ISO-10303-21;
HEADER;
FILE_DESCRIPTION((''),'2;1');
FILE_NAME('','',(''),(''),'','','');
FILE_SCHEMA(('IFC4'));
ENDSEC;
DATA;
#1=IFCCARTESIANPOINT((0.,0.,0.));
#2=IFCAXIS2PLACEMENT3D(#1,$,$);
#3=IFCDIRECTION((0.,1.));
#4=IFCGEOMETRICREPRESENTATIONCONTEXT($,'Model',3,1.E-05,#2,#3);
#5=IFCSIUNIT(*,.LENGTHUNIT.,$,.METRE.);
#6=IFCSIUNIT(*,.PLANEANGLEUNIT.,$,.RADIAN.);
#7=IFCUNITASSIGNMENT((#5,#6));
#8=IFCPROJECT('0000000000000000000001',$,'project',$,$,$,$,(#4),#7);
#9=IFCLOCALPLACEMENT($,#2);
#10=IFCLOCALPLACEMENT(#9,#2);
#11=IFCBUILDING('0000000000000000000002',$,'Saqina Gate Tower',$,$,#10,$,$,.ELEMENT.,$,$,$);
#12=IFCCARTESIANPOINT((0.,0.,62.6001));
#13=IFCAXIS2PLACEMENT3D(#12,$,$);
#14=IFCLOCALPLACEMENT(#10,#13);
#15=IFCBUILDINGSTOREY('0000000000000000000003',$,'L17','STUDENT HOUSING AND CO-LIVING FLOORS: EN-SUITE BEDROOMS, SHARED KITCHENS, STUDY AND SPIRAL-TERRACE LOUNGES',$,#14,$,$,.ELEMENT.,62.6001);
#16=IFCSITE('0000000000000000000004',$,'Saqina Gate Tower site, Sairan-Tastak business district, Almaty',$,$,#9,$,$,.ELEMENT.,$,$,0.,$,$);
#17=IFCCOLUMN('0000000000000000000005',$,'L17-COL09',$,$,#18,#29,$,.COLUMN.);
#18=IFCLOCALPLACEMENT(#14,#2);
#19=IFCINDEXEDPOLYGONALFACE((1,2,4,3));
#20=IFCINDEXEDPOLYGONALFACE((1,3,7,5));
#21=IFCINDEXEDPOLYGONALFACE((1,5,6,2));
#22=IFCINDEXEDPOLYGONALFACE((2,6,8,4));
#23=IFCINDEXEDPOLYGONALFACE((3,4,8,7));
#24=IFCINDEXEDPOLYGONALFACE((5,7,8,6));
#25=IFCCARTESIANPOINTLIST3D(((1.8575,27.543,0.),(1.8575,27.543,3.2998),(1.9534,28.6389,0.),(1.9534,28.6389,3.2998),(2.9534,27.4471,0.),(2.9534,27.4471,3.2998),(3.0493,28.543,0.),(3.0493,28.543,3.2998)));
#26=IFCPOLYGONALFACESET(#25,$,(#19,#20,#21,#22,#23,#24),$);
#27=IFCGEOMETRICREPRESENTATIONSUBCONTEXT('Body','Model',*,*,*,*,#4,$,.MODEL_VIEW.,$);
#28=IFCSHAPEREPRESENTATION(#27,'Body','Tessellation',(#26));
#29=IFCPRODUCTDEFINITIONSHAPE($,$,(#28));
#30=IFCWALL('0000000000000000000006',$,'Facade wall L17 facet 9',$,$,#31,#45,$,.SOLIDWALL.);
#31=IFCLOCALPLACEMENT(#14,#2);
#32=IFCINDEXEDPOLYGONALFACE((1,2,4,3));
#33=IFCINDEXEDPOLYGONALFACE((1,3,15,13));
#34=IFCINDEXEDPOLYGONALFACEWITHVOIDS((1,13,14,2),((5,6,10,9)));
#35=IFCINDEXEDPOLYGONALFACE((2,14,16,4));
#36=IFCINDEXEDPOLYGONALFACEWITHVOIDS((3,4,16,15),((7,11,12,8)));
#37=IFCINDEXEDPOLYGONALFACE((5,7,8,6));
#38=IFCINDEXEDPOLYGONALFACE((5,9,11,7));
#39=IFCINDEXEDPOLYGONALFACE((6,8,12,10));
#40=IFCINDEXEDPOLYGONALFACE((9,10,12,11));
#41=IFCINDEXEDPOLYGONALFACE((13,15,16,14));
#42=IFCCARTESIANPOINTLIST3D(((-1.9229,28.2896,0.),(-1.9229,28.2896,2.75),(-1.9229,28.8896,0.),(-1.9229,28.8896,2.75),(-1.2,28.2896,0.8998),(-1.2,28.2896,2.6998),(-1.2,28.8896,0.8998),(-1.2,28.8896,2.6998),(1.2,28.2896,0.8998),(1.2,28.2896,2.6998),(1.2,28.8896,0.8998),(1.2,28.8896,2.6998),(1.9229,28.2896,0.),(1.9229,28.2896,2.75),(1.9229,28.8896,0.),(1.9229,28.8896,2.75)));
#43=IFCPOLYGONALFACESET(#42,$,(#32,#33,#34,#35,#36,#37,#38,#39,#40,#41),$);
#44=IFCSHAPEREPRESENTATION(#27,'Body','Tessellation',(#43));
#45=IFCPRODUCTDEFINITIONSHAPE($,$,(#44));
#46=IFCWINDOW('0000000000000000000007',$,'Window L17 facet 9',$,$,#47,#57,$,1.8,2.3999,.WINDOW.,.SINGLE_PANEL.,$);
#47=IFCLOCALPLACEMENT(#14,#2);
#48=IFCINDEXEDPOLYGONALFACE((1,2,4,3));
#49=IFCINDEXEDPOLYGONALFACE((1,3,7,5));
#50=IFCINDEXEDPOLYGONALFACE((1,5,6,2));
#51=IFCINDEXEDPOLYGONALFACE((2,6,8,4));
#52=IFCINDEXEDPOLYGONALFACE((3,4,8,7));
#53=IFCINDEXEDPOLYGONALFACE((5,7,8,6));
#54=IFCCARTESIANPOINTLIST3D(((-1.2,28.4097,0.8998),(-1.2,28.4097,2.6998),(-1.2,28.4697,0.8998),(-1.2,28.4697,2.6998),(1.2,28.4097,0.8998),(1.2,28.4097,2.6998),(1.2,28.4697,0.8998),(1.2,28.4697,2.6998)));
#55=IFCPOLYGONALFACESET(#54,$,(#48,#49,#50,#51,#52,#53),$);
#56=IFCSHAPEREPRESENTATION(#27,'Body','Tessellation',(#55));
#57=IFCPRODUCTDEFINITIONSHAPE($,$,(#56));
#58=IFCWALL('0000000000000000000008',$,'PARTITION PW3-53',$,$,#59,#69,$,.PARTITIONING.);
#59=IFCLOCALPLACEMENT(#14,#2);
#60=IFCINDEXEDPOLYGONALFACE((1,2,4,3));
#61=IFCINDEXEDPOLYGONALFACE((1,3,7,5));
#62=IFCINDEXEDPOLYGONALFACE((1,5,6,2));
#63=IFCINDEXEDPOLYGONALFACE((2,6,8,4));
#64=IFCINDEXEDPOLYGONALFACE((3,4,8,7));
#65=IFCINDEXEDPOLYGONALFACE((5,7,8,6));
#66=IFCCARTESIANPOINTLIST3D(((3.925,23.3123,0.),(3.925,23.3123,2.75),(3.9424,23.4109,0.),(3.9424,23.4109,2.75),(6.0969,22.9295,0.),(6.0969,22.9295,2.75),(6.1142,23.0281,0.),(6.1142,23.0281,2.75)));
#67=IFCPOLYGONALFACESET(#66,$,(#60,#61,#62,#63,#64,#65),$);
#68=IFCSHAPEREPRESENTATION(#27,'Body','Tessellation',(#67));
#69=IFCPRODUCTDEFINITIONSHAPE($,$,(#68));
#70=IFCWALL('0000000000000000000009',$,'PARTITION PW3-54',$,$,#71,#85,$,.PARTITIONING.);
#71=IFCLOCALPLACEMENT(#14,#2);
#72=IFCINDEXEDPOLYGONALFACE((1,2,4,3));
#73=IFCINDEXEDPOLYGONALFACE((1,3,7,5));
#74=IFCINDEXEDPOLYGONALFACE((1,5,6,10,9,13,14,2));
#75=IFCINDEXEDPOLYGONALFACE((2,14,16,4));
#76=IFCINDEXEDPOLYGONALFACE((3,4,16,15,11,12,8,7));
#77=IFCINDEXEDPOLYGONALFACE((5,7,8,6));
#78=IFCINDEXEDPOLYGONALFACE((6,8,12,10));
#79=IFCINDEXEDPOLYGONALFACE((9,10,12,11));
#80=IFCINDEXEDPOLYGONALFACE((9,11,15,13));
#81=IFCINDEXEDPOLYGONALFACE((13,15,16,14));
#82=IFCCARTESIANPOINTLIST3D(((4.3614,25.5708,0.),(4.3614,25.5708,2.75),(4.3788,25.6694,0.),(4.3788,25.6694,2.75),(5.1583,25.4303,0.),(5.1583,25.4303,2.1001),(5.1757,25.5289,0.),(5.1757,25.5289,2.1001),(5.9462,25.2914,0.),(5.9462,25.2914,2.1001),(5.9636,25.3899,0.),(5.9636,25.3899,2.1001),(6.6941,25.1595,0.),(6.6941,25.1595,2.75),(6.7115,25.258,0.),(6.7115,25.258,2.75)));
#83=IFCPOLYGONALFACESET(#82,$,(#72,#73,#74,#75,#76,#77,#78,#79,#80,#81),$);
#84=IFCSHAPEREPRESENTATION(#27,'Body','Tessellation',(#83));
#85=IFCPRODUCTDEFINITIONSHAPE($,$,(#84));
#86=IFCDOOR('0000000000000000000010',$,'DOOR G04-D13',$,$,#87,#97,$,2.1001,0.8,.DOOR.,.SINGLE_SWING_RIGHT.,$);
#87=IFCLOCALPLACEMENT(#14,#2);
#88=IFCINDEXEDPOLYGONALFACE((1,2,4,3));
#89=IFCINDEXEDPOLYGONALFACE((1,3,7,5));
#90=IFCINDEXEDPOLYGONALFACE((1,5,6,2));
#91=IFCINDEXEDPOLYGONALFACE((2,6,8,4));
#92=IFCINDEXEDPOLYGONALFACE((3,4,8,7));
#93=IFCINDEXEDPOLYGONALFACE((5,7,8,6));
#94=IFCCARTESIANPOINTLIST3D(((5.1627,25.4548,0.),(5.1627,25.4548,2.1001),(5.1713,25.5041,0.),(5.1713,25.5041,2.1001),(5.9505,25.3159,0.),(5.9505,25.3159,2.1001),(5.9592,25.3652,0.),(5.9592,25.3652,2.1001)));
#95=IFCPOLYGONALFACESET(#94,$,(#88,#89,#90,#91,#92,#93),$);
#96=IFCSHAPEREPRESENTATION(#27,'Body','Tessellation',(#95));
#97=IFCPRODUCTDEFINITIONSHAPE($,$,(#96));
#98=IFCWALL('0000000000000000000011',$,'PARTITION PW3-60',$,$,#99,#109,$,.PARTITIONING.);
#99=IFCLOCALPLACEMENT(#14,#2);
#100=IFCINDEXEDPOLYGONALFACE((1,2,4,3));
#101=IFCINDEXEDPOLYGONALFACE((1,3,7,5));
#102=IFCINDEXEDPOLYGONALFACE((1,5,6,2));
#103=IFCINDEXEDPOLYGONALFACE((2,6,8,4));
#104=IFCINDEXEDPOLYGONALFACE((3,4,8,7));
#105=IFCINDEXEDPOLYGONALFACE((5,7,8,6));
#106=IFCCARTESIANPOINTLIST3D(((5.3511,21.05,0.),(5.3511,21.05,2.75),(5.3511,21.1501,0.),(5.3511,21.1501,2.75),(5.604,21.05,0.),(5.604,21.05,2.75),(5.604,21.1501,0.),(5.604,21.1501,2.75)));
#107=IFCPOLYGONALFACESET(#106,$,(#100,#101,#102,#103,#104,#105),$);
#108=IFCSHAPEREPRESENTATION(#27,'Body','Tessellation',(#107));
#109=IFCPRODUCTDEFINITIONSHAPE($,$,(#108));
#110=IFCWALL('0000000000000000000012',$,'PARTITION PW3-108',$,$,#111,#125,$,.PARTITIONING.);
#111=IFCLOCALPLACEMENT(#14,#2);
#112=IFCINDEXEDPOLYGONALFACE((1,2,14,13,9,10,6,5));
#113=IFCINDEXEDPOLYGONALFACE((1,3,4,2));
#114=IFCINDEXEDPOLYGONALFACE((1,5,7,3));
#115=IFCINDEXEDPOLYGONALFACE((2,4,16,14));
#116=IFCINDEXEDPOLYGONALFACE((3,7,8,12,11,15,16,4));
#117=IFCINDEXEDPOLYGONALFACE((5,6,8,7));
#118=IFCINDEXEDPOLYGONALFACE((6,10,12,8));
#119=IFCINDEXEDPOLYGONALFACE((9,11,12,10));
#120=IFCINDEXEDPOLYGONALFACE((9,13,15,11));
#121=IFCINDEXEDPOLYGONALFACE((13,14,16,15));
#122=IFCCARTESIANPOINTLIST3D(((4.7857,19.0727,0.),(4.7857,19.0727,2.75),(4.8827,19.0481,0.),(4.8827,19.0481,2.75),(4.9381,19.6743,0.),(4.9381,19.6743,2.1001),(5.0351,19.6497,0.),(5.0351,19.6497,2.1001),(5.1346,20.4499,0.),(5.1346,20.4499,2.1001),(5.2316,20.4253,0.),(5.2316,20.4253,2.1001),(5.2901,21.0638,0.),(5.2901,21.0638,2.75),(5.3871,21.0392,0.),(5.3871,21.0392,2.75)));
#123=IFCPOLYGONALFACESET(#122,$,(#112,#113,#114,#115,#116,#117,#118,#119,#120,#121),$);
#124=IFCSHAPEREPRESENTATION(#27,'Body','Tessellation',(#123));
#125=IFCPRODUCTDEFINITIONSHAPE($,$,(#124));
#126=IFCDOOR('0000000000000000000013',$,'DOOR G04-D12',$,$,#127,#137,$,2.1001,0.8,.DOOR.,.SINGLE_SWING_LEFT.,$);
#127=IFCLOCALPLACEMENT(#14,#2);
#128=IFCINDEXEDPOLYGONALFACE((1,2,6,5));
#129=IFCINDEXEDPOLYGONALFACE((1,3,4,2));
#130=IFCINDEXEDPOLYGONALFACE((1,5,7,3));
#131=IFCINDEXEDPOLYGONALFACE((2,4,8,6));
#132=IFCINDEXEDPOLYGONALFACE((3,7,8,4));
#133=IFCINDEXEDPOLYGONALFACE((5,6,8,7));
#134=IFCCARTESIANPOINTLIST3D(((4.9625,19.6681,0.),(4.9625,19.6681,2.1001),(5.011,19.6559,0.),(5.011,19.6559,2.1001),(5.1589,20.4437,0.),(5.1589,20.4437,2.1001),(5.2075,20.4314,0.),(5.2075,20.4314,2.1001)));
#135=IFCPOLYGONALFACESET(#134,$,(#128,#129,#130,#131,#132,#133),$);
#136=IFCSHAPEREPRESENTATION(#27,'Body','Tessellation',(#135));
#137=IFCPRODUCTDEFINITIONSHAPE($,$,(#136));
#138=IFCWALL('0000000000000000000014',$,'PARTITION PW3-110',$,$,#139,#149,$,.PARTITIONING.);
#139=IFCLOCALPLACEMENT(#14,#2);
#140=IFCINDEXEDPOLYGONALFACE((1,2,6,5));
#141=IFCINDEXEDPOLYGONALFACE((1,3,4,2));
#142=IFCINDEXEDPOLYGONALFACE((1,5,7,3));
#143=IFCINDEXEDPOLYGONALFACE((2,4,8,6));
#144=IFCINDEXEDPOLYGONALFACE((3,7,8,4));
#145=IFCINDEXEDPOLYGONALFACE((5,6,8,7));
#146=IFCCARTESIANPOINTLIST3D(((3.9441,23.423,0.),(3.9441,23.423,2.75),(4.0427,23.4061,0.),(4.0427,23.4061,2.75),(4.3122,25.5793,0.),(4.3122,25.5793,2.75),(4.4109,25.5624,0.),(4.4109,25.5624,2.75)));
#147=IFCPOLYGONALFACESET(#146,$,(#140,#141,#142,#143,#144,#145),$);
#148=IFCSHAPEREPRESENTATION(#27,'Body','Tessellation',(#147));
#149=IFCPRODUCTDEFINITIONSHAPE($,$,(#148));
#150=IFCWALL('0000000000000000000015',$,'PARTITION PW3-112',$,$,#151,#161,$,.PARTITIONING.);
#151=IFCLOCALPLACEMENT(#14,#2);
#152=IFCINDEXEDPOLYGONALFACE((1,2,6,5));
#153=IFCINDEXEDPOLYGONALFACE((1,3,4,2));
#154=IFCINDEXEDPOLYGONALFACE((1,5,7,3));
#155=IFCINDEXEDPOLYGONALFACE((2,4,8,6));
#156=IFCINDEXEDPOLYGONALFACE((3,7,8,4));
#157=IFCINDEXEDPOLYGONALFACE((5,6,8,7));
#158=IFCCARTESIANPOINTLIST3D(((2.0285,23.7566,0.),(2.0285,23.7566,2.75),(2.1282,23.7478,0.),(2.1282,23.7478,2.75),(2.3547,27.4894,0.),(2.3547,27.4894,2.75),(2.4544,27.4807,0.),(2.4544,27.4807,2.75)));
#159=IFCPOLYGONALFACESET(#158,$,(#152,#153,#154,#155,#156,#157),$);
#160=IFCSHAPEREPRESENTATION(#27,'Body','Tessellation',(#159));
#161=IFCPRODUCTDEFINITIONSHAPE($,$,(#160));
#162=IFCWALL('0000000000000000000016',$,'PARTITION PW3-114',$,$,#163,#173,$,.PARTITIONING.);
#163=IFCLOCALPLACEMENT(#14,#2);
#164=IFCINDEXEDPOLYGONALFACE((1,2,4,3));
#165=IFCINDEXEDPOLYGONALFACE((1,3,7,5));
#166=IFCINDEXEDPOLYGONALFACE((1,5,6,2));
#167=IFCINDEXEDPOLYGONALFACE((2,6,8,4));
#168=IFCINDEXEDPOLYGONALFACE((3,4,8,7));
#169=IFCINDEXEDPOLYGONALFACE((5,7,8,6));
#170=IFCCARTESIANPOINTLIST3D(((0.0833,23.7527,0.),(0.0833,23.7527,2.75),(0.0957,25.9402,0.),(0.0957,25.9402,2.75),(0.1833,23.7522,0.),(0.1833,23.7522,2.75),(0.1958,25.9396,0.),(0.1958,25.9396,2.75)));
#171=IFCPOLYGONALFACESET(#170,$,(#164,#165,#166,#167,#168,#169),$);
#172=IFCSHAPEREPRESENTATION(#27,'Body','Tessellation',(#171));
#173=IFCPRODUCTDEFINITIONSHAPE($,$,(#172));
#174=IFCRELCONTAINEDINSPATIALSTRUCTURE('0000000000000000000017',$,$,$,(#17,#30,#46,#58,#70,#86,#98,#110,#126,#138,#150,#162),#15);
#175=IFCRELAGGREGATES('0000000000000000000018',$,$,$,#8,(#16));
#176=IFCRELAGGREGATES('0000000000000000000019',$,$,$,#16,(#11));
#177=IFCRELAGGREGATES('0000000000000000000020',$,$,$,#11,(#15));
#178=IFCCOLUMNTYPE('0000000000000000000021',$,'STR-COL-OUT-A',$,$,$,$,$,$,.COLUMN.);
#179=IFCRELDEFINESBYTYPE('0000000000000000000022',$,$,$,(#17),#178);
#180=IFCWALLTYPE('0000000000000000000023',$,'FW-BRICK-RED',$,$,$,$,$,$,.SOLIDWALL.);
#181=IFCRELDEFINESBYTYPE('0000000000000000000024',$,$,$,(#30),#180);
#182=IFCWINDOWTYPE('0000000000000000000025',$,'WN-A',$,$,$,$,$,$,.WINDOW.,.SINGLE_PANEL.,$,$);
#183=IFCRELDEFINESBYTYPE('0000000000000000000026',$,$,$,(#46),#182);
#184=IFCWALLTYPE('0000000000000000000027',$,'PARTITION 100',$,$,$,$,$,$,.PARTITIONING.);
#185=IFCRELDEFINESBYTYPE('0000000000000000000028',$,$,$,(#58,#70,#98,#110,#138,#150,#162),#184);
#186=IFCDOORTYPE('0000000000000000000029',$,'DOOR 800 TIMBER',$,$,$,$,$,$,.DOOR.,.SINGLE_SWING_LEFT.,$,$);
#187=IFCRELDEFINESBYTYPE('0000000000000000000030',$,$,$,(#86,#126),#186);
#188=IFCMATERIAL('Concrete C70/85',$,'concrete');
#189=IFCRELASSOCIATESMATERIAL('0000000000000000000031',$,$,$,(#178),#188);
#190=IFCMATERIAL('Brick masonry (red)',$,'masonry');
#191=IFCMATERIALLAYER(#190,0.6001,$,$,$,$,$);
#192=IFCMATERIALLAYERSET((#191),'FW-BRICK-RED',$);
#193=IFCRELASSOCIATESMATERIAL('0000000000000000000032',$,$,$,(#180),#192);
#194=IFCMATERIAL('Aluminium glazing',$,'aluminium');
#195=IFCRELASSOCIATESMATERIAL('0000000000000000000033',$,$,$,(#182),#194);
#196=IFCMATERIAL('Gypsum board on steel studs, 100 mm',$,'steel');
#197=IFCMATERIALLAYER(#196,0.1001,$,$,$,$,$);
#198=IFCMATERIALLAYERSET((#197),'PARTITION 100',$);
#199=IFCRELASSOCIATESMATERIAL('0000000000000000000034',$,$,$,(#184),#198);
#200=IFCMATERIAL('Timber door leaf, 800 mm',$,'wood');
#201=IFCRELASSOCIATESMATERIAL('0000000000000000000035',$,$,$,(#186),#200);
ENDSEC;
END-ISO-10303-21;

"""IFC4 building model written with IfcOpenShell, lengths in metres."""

from ifc_helpers import new_model, si_unit, direction, frame, frame_2d, origin, origin_2d, place, context, subcontext, project, spatial, rectangle, extrude, material, layer, layer_set, material_profile, profile_set, type_object, element, fill, save


model = new_model("IFC4")

# Units and contexts
model_context = context("Model", 3, precision=1e-05, world=origin(), true_north=direction((0.0, 1.0)))
body_context = subcontext(model_context, "Body", "Model", "MODEL_VIEW")
ifc_project = project(units=[si_unit("LENGTHUNIT", "METRE"), si_unit("PLANEANGLEUNIT", "RADIAN")], contexts=[model_context])

# Site, building, storey
site_placement = place(None, origin())
site = spatial("IfcSite", under=ifc_project, at=site_placement, Name="Saqina Gate Tower site, Sairan-Tastak business district, Almaty", CompositionType="ELEMENT", RefElevation=0.0)
building_placement = place(site_placement, origin())
building = spatial("IfcBuilding", under=site, at=building_placement, Name="Saqina Gate Tower", CompositionType="ELEMENT")
storey_placement = place(building_placement, frame((0.0, 0.0, 62.6001)))
storey = spatial("IfcBuildingStorey", under=building, at=storey_placement, Name="L17", Description="STUDENT HOUSING AND CO-LIVING FLOORS: EN-SUITE BEDROOMS, SHARED KITCHENS, STUDY AND SPIRAL-TERRACE LOUNGES", CompositionType="ELEMENT", Elevation=62.6001)

# Column
ifc_material_1 = material(Name="Concrete C70/85", Category="concrete")
ifc_material_profile = material_profile(ifc_material_1, rectangle(XDim=1.1001, YDim=1.1001, at=origin_2d()), Name="RC 1100x1100")
ifc_profile_set = profile_set([ifc_material_profile], Name="Concrete C70/85")
column_type = type_object("IfcColumnType", Name="STR-COL-OUT-A", PredefinedType="COLUMN", material=ifc_profile_set)
column_placement = place(storey_placement, frame((2.4534, 28.043, 0.0), z_axis=(0.0, 0.0, 1.0), x_axis=(0.087156, 0.996195, 0.0)))
element("IfcColumn", 1, at=column_placement, inside=storey, type_object=column_type, Name="L17-COL09", PredefinedType="COLUMN", context=body_context, shape_type="SweptSolid", body=[
    extrude(rectangle(XDim=1.1001, YDim=1.1001, at=origin_2d()), origin(), (0.0, 0.0, 1.0), 3.2998),
])

# Wall, opening, window
ifc_material_2 = material(Name="Brick masonry (red)", Category="masonry")
ifc_layer_1 = layer(ifc_material_2, 0.6001)
ifc_layer_set_1 = layer_set([ifc_layer_1], Name="FW-BRICK-RED")
wall_type_1 = type_object("IfcWallType", Name="FW-BRICK-RED", PredefinedType="SOLIDWALL", material=ifc_layer_set_1)
wall_1_placement = place(storey_placement, frame((1.9229, 28.5896, 0.0), z_axis=(0.0, 0.0, 1.0), x_axis=(-1.0, 0.0, 0.0)))
wall_1 = element("IfcWall", 2, at=wall_1_placement, inside=storey, type_object=wall_type_1, Name="Facade wall L17 facet 9", PredefinedType="SOLIDWALL", context=body_context, shape_type="SweptSolid", body=[
    extrude(rectangle(XDim=3.8457, YDim=0.6001, at=frame_2d((1.9229, 0.0))), origin(), (0.0, 0.0, 1.0), 2.75),
])
opening_1_placement = place(wall_1_placement, frame((0.7229, 0.0, 0.8999)))
opening_1 = element("IfcOpeningElement", 3, at=opening_1_placement, cuts=wall_1, PredefinedType="OPENING", context=body_context, shape_type="SweptSolid", body=[
    extrude(rectangle(XDim=2.3999, YDim=1.8, at=frame_2d((1.2, 0.8999))), frame((0.0, 0.312, 0.0), z_axis=(0.0, -1.0, 0.0), x_axis=(1.0, 0.0, 0.0)), (0.0, 0.0, 1.0), 0.624),
])
ifc_material_3 = material(Name="Aluminium glazing", Category="aluminium")
window_type = type_object("IfcWindowType", Name="WN-A", PartitioningType="SINGLE_PANEL", PredefinedType="WINDOW", material=ifc_material_3)
window_placement = place(opening_1_placement, origin())
window = element("IfcWindow", 4, at=window_placement, inside=storey, type_object=window_type, Name="Window L17 facet 9", OverallHeight=1.8, OverallWidth=2.3999, PartitioningType="SINGLE_PANEL", PredefinedType="WINDOW", context=body_context, shape_type="SweptSolid", body=[
    extrude(rectangle(XDim=2.3999, YDim=1.8, at=frame_2d((1.2, 0.8999))), frame((0.0, 0.1799, 0.0), z_axis=(0.0, -1.0, 0.0), x_axis=(1.0, 0.0, 0.0)), (0.0, 0.0, 1.0), 0.0601),
])
fill(opening_1, window)

# Wall
ifc_material_4 = material(Name="Gypsum board on steel studs, 100 mm", Category="steel")
ifc_layer_2 = layer(ifc_material_4, 0.1001)
ifc_layer_set_2 = layer_set([ifc_layer_2], Name="PARTITION 100")
wall_type_2 = type_object("IfcWallType", Name="PARTITION 100", PredefinedType="PARTITIONING", material=ifc_layer_set_2)
wall_2_placement = place(storey_placement, frame((3.9338, 23.3616, 0.0), z_axis=(0.0, 0.0, 1.0), x_axis=(0.984819, -0.173583, 0.0)))
element("IfcWall", 5, at=wall_2_placement, inside=storey, type_object=wall_type_2, Name="PARTITION PW3-53", PredefinedType="PARTITIONING", context=body_context, shape_type="SweptSolid", body=[
    extrude(rectangle(XDim=2.2053, YDim=0.1001, at=frame_2d((1.1025, 0.0))), origin(), (0.0, 0.0, 1.0), 2.75),
])

# Wall, opening, door
wall_3_placement = place(storey_placement, frame((4.3701, 25.6201, 0.0), z_axis=(0.0, 0.0, 1.0), x_axis=(0.984804, -0.173668, 0.0)))
wall_3 = element("IfcWall", 6, at=wall_3_placement, inside=storey, type_object=wall_type_2, Name="PARTITION PW3-54", PredefinedType="PARTITIONING", context=body_context, shape_type="SweptSolid", body=[
    extrude(rectangle(XDim=2.3687, YDim=0.1001, at=frame_2d((1.1843, 0.0))), origin(), (0.0, 0.0, 1.0), 2.75),
])
opening_2_placement = place(wall_3_placement, frame((0.8093, 0.0, 0.0)))
opening_2 = element("IfcOpeningElement", 7, at=opening_2_placement, cuts=wall_3, PredefinedType="OPENING", context=body_context, shape_type="SweptSolid", body=[
    extrude(rectangle(XDim=0.8, YDim=2.1001, at=frame_2d((0.3999, 1.05))), frame((0.0, 0.062, 0.0), z_axis=(0.0, -1.0, 0.0), x_axis=(1.0, 0.0, 0.0)), (0.0, 0.0, 1.0), 0.124),
])
ifc_material_5 = material(Name="Timber door leaf, 800 mm", Category="wood")
door_type_1 = type_object("IfcDoorType", Name="DOOR 800 TIMBER", OperationType="SINGLE_SWING_LEFT", PredefinedType="DOOR", material=ifc_material_5)
door_1_placement = place(opening_2_placement, origin())
door_1 = element("IfcDoor", 8, at=door_1_placement, inside=storey, type_object=door_type_1, Name="DOOR G04-D13", OperationType="SINGLE_SWING_RIGHT", OverallHeight=2.1001, OverallWidth=0.8, PredefinedType="DOOR", context=body_context, shape_type="SweptSolid", body=[
    extrude(rectangle(XDim=0.8, YDim=2.1001, at=frame_2d((0.3999, 1.05))), frame((0.0, 0.0249, 0.0), z_axis=(0.0, -1.0, 0.0), x_axis=(1.0, 0.0, 0.0)), (0.0, 0.0, 1.0), 0.05),
])
fill(opening_2, door_1)

# Wall
wall_4_placement = place(storey_placement, frame((5.3511, 21.1001, 0.0), z_axis=(0.0, 0.0, 1.0), x_axis=(1.0, 0.0, 0.0)))
element("IfcWall", 9, at=wall_4_placement, inside=storey, type_object=wall_type_2, Name="PARTITION PW3-60", PredefinedType="PARTITIONING", context=body_context, shape_type="SweptSolid", body=[
    extrude(rectangle(XDim=0.2529, YDim=0.1001, at=frame_2d((0.1265, 0.0))), origin(), (0.0, 0.0, 1.0), 2.75),
])

# Wall, opening, door
wall_5_placement = place(storey_placement, frame((4.8342, 19.0605, 0.0), z_axis=(0.0, 0.0, 1.0), x_axis=(0.245583, 0.969376, 0.0)))
wall_5 = element("IfcWall", 10, at=wall_5_placement, inside=storey, type_object=wall_type_2, Name="PARTITION PW3-108", PredefinedType="PARTITIONING", context=body_context, shape_type="SweptSolid", body=[
    extrude(rectangle(XDim=2.054, YDim=0.1001, at=frame_2d((1.0269, 0.0))), origin(), (0.0, 0.0, 1.0), 2.75),
])
opening_3_placement = place(wall_5_placement, frame((0.6206, 0.0, 0.0)))
opening_3 = element("IfcOpeningElement", 11, at=opening_3_placement, cuts=wall_5, PredefinedType="OPENING", context=body_context, shape_type="SweptSolid", body=[
    extrude(rectangle(XDim=0.8, YDim=2.1001, at=frame_2d((0.3999, 1.05))), frame((0.0, 0.062, 0.0), z_axis=(0.0, -1.0, 0.0), x_axis=(1.0, 0.0, 0.0)), (0.0, 0.0, 1.0), 0.124),
])
door_2_placement = place(opening_3_placement, origin())
door_2 = element("IfcDoor", 12, at=door_2_placement, inside=storey, type_object=door_type_1, Name="DOOR G04-D12", OperationType="SINGLE_SWING_LEFT", OverallHeight=2.1001, OverallWidth=0.8, PredefinedType="DOOR", context=body_context, shape_type="SweptSolid", body=[
    extrude(rectangle(XDim=0.8, YDim=2.1001, at=frame_2d((0.3999, 1.05))), frame((0.0, 0.0249, 0.0), z_axis=(0.0, -1.0, 0.0), x_axis=(1.0, 0.0, 0.0)), (0.0, 0.0, 1.0), 0.05),
])
fill(opening_3, door_2)

# Walls
wall_6_placement = place(storey_placement, frame((3.9934, 23.4146, 0.0), z_axis=(0.0, 0.0, 1.0), x_axis=(0.168307, 0.985735, 0.0)))
element("IfcWall", 13, at=wall_6_placement, inside=storey, type_object=wall_type_2, Name="PARTITION PW3-110", PredefinedType="PARTITIONING", context=body_context, shape_type="SweptSolid", body=[
    extrude(rectangle(XDim=2.1875, YDim=0.1001, at=frame_2d((1.0938, 0.0))), origin(), (0.0, 0.0, 1.0), 2.75),
])
wall_7_placement = place(storey_placement, frame((2.0784, 23.7522, 0.0), z_axis=(0.0, 0.0, 1.0), x_axis=(0.087046, 0.996204, 0.0)))
element("IfcWall", 14, at=wall_7_placement, inside=storey, type_object=wall_type_2, Name="PARTITION PW3-112", PredefinedType="PARTITIONING", context=body_context, shape_type="SweptSolid", body=[
    extrude(rectangle(XDim=3.7471, YDim=0.1001, at=frame_2d((1.8735, 0.0))), origin(), (0.0, 0.0, 1.0), 2.75),
])
wall_8_placement = place(storey_placement, frame((0.1333, 23.7524, 0.0), z_axis=(0.0, 0.0, 1.0), x_axis=(0.005692, 0.999984, 0.0)))
element("IfcWall", 15, at=wall_8_placement, inside=storey, type_object=wall_type_2, Name="PARTITION PW3-114", PredefinedType="PARTITIONING", context=body_context, shape_type="SweptSolid", body=[
    extrude(rectangle(XDim=2.1875, YDim=0.1001, at=frame_2d((1.0938, 0.0))), origin(), (0.0, 0.0, 1.0), 2.75),
])

save(model, "model.ifc")
